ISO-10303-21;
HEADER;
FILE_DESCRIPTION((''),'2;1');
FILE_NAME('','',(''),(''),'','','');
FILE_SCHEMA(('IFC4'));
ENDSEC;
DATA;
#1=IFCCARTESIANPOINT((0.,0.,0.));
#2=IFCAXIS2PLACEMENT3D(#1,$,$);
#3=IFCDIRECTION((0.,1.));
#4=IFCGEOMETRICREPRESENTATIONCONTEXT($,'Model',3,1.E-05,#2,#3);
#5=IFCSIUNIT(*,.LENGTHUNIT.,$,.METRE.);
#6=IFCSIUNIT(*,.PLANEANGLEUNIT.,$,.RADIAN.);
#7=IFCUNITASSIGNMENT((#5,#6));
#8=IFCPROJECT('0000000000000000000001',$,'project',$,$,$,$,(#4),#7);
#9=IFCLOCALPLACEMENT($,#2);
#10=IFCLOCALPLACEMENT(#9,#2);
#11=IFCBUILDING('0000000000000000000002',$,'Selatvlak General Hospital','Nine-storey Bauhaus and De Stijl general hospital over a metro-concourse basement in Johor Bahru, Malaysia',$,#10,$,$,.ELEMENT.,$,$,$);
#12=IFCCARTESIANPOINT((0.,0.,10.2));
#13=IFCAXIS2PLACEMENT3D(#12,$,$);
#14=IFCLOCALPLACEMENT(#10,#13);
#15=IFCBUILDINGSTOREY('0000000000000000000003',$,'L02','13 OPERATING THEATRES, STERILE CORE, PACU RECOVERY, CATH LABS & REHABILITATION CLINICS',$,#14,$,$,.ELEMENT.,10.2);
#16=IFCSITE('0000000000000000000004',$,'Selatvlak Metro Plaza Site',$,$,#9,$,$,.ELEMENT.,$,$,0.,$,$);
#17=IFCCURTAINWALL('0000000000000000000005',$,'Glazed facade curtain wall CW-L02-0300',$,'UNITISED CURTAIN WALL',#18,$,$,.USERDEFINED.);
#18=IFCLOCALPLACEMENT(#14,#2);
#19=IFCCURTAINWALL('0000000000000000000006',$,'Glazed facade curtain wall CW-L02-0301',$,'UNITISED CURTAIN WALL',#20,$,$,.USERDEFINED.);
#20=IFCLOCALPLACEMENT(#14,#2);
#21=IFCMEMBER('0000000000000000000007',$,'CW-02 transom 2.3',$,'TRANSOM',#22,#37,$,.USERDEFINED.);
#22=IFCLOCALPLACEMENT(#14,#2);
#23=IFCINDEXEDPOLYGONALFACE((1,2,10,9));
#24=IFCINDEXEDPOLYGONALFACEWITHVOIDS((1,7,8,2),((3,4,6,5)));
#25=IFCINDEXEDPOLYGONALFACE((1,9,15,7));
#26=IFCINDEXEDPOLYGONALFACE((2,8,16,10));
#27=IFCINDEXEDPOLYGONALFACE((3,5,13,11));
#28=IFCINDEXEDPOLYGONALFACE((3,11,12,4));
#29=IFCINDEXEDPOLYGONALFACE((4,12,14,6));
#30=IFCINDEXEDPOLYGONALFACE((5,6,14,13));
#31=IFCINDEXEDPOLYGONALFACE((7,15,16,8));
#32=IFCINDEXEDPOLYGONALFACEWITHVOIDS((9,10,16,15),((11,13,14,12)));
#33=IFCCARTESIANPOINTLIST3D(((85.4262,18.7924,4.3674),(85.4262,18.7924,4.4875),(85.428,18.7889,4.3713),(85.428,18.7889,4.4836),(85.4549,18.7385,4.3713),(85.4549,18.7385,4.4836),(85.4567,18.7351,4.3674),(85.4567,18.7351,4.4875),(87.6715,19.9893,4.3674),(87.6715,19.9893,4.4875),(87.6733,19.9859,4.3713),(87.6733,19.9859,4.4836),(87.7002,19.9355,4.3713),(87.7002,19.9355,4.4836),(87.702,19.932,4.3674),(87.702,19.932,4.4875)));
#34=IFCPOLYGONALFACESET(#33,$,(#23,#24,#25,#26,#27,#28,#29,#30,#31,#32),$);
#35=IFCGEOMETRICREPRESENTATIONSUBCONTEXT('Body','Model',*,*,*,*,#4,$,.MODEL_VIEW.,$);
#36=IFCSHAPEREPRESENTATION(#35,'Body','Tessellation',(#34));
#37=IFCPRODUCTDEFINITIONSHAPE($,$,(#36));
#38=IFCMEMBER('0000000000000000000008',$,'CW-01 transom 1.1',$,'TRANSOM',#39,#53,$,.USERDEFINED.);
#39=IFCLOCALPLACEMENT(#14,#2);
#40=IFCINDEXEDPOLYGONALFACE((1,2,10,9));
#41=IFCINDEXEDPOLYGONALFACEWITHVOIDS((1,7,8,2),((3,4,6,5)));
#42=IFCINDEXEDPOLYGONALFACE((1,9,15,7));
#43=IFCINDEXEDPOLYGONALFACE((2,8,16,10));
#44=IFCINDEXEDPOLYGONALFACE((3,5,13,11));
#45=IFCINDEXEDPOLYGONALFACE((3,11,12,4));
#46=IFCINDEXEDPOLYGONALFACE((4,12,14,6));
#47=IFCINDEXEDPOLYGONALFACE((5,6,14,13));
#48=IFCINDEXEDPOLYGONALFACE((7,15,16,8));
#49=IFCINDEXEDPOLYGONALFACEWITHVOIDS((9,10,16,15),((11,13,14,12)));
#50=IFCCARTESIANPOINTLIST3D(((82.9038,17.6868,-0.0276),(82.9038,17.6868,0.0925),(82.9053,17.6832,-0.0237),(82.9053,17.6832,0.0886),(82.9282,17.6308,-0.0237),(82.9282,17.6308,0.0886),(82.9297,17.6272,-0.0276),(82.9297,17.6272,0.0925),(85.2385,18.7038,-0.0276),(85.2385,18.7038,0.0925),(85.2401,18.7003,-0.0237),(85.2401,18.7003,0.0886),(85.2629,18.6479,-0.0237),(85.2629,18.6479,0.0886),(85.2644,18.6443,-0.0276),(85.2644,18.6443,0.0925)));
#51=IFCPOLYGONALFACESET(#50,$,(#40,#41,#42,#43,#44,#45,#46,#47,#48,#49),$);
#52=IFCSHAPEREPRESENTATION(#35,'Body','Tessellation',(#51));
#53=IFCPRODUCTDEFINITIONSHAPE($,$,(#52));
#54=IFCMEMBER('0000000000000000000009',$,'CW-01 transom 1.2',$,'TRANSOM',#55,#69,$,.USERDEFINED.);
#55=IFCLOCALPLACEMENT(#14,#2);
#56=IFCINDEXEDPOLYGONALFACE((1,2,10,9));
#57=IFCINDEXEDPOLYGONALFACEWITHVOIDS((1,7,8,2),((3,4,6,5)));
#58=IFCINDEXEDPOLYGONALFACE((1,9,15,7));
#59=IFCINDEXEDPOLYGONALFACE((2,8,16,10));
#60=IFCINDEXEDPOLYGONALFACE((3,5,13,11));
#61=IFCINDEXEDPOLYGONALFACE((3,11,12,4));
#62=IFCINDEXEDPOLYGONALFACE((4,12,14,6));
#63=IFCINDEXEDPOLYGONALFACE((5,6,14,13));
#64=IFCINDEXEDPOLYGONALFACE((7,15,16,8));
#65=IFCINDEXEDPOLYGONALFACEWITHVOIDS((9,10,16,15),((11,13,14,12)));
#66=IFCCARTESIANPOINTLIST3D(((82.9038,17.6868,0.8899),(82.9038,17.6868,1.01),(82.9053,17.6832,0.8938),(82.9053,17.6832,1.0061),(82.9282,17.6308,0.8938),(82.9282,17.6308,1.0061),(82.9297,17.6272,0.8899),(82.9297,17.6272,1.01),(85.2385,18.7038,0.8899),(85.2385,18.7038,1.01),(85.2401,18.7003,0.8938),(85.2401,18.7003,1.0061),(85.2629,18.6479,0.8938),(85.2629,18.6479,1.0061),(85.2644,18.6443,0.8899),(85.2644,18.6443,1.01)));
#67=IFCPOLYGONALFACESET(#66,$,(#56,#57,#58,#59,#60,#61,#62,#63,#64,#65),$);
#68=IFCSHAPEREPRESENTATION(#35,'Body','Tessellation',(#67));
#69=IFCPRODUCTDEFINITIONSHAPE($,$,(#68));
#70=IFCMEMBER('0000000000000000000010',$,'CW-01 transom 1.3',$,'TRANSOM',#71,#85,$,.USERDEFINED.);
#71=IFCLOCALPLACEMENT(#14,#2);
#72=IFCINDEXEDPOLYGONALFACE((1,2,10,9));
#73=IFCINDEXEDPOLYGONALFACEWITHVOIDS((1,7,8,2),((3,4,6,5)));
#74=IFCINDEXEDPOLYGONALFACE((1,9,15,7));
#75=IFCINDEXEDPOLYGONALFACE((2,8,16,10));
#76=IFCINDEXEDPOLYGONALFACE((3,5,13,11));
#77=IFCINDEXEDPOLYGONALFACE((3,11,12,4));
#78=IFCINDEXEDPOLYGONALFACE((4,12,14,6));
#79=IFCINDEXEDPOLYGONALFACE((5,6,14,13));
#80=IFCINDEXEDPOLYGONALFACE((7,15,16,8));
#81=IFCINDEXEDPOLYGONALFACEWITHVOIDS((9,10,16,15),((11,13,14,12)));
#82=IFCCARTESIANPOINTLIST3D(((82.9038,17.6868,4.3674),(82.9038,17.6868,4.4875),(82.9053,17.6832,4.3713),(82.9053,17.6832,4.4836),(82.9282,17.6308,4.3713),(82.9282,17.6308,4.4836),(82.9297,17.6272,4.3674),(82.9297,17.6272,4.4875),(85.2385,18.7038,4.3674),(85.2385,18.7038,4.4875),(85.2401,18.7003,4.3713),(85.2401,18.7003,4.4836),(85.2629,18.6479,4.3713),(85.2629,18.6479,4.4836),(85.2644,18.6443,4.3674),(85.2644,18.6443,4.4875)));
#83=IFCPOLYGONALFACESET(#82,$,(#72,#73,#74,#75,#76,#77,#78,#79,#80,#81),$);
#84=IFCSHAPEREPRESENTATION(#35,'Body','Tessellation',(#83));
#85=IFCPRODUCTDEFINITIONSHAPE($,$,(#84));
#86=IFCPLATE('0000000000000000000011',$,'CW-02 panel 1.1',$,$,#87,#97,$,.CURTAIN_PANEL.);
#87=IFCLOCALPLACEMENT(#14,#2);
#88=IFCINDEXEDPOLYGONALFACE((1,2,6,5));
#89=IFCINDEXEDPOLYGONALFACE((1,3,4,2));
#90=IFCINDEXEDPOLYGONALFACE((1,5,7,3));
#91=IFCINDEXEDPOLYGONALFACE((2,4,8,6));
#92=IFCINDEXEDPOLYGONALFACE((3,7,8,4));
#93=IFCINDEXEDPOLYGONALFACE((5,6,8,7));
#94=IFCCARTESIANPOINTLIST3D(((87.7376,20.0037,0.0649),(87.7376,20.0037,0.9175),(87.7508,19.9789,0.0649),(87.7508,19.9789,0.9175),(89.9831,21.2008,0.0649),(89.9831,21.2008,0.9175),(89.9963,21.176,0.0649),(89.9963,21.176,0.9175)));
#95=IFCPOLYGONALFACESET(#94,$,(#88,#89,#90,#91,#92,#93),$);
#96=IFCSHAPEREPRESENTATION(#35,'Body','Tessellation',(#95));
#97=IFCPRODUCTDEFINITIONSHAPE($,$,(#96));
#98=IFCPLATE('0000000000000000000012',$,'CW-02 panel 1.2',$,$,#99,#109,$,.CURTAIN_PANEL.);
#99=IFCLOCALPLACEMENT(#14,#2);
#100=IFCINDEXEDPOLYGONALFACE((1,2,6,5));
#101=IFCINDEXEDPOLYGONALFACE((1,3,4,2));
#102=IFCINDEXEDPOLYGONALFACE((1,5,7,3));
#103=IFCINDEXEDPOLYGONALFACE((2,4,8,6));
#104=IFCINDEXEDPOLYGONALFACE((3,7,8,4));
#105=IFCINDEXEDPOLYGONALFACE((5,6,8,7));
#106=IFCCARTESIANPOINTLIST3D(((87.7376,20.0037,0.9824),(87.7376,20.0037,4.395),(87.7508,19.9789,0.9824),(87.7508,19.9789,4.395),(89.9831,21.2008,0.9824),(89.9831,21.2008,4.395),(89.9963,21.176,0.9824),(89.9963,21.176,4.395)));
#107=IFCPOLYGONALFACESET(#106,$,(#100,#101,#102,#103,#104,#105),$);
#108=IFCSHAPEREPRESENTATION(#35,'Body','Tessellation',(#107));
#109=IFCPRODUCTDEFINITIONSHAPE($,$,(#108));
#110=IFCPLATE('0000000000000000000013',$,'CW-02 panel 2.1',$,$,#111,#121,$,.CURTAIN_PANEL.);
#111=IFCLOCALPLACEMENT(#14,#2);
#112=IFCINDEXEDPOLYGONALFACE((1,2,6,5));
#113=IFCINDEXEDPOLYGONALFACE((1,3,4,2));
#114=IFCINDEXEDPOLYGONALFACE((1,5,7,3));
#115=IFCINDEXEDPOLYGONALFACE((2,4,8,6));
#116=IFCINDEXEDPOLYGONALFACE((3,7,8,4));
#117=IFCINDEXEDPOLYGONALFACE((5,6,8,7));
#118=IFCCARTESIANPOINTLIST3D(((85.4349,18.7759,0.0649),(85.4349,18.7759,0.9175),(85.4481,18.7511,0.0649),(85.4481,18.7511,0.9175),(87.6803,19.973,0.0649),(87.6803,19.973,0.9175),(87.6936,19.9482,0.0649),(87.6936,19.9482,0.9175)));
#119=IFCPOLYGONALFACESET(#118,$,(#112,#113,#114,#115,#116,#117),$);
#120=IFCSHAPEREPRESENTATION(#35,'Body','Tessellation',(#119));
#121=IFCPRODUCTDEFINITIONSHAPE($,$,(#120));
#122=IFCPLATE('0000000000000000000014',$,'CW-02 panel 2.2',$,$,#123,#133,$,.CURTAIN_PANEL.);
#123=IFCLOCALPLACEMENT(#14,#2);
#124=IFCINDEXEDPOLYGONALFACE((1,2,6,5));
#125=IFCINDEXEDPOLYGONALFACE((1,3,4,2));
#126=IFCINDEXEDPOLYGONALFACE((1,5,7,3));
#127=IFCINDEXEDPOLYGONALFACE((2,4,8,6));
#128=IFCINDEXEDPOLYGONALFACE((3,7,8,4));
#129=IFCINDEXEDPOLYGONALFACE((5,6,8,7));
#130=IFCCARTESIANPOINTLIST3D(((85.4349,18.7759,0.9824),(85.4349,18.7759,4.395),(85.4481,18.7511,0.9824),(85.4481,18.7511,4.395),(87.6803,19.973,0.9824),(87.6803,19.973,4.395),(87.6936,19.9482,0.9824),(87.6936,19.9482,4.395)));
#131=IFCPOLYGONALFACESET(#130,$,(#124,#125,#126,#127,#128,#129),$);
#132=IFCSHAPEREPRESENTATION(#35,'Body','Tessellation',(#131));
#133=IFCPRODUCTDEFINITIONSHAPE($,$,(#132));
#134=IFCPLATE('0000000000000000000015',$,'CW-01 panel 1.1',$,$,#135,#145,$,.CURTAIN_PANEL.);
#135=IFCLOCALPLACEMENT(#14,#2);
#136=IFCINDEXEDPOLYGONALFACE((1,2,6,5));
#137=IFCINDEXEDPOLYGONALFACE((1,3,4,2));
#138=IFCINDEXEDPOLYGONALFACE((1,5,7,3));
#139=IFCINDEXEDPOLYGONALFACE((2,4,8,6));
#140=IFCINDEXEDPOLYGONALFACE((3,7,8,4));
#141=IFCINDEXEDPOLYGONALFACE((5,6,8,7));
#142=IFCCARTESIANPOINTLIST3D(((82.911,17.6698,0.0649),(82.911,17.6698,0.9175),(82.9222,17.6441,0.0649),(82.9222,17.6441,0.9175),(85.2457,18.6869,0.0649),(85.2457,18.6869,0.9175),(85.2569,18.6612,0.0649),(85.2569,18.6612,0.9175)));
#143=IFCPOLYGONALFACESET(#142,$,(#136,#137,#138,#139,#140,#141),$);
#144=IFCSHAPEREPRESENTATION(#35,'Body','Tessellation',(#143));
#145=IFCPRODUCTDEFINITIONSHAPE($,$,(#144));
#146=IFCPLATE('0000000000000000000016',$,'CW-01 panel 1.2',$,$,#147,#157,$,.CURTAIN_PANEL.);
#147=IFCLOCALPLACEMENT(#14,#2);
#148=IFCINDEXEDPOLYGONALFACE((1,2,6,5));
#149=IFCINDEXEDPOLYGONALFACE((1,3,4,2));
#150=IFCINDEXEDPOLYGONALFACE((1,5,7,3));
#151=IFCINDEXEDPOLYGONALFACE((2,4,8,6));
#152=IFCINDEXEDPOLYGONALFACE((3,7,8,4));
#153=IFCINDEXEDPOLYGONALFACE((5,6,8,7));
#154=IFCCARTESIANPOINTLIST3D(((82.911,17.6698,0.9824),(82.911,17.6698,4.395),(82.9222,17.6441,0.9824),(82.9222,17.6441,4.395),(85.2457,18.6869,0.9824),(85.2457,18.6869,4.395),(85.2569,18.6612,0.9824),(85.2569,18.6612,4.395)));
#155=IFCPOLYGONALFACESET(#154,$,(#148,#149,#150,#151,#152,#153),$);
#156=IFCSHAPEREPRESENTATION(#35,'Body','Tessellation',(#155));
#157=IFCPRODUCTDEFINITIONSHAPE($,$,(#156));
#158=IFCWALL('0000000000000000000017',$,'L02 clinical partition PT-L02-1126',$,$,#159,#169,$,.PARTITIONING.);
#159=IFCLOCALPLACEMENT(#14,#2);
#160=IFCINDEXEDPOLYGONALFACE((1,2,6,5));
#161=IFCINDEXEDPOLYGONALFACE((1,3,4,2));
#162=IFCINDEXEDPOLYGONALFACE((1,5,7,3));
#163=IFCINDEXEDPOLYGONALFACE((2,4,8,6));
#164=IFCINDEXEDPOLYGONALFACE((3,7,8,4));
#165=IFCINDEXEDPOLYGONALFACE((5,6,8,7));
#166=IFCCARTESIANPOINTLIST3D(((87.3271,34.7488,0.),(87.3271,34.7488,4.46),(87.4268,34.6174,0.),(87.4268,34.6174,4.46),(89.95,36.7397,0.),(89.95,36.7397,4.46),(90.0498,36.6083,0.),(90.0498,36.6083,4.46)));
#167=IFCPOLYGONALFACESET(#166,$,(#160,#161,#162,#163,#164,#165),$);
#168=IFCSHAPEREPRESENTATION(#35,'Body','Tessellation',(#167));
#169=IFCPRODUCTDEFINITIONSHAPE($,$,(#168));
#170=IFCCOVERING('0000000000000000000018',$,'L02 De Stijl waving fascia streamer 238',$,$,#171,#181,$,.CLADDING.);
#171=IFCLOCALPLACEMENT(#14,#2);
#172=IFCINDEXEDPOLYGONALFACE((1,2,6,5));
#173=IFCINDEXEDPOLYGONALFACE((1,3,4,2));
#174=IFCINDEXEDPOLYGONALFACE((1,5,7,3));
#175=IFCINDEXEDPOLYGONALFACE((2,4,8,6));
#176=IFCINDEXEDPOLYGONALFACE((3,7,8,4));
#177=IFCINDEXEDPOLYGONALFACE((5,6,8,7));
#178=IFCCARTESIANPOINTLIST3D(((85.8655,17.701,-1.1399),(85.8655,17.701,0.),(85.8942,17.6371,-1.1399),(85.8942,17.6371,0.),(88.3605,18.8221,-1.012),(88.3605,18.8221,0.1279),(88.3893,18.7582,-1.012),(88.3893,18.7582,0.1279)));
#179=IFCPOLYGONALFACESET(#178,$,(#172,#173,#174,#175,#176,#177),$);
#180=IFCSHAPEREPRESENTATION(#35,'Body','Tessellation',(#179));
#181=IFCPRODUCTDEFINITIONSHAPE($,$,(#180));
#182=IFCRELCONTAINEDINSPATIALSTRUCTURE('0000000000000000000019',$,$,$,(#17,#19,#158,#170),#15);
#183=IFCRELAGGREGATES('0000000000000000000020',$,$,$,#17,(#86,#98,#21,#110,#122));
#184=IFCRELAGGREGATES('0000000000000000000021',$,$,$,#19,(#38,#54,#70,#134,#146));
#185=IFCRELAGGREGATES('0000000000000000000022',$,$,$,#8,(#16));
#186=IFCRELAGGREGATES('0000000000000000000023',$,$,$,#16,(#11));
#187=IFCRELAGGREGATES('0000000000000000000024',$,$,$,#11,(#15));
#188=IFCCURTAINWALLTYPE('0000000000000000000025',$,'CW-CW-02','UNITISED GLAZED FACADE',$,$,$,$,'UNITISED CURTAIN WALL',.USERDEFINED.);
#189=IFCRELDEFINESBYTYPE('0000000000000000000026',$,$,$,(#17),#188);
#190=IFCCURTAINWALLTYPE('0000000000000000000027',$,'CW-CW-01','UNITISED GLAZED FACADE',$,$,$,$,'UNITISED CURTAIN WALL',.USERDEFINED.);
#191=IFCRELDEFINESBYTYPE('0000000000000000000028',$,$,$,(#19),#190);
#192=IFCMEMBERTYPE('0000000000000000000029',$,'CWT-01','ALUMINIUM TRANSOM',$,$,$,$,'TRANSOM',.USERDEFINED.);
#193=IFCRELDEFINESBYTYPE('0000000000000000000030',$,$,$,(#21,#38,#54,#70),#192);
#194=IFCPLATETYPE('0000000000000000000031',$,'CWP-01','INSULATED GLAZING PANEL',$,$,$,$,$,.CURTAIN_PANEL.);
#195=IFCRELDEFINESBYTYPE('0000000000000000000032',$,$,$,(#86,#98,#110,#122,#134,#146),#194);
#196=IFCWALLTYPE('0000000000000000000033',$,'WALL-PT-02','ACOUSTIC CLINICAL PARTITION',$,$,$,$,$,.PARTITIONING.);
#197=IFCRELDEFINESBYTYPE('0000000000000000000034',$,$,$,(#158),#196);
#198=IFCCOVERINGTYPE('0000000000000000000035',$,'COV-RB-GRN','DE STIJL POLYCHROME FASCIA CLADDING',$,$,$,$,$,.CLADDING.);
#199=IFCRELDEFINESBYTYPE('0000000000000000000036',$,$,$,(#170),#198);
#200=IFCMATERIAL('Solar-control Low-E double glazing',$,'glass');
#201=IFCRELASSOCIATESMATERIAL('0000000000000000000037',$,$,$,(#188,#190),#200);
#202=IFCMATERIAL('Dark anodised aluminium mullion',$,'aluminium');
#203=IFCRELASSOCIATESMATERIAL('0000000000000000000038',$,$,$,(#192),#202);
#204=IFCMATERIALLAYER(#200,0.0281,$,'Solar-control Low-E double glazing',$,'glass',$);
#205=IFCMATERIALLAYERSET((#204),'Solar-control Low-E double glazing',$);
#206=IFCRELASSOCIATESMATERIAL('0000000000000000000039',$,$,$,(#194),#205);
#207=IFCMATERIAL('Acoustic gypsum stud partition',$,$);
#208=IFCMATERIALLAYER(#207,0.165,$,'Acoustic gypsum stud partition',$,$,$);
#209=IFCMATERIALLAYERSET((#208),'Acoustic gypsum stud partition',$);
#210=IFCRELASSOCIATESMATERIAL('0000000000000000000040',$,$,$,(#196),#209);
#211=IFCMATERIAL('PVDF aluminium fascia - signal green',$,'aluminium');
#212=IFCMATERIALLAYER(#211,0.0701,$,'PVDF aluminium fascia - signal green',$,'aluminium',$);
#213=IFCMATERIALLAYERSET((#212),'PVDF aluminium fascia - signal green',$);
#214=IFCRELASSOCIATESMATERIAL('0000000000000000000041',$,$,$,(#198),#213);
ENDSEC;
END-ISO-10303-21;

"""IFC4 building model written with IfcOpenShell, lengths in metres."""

from ifc_helpers import new_model, si_unit, direction, frame, frame_2d, origin, origin_2d, place, context, subcontext, project, spatial, polyline, rectangle, hollow_rectangle, outline, extrude, material, layer, layer_set, material_profile, profile_set, type_object, element, aggregate, save


model = new_model("IFC4")

# Units and contexts
model_context = context("Model", 3, precision=1e-05, world=origin(), true_north=direction((0.0, 1.0)))
body_context = subcontext(model_context, "Body", "Model", "MODEL_VIEW")
ifc_project = project(units=[si_unit("LENGTHUNIT", "METRE"), si_unit("PLANEANGLEUNIT", "RADIAN")], contexts=[model_context])

# Site, building, storey
site_placement = place(None, origin())
site = spatial("IfcSite", under=ifc_project, at=site_placement, Name="Selatvlak Metro Plaza Site", CompositionType="ELEMENT", RefElevation=0.0)
building_placement = place(site_placement, origin())
building = spatial("IfcBuilding", under=site, at=building_placement, Name="Selatvlak General Hospital", Description="Nine-storey Bauhaus and De Stijl general hospital over a metro-concourse basement in Johor Bahru, Malaysia", CompositionType="ELEMENT")
storey_placement = place(building_placement, frame((0.0, 0.0, 10.2)))
storey = spatial("IfcBuildingStorey", under=building, at=storey_placement, Name="L02", Description="13 OPERATING THEATRES, STERILE CORE, PACU RECOVERY, CATH LABS & REHABILITATION CLINICS", CompositionType="ELEMENT", Elevation=10.2)

# Curtain wall
ifc_material_1 = material(Name="Solar-control Low-E double glazing", Category="glass")
curtain_wall_type_1 = type_object("IfcCurtainWallType", Name="CW-CW-02", Description="UNITISED GLAZED FACADE", ElementType="UNITISED CURTAIN WALL", PredefinedType="USERDEFINED", material=ifc_material_1)
curtain_wall_1_placement = place(storey_placement, origin())
curtain_wall_1 = element("IfcCurtainWall", 1, at=curtain_wall_1_placement, inside=storey, type_object=curtain_wall_type_1, Name="Glazed facade curtain wall CW-L02-0300", ObjectType="UNITISED CURTAIN WALL", PredefinedType="USERDEFINED")
ifc_material_2 = material(Name="Dark anodised aluminium mullion", Category="aluminium")

# Curtain wall
curtain_wall_type_2 = type_object("IfcCurtainWallType", Name="CW-CW-01", Description="UNITISED GLAZED FACADE", ElementType="UNITISED CURTAIN WALL", PredefinedType="USERDEFINED", material=ifc_material_1)
curtain_wall_2_placement = place(storey_placement, origin())
curtain_wall_2 = element("IfcCurtainWall", 2, at=curtain_wall_2_placement, inside=storey, type_object=curtain_wall_type_2, Name="Glazed facade curtain wall CW-L02-0301", ObjectType="UNITISED CURTAIN WALL", PredefinedType="USERDEFINED")

# Members
ifc_material_profile_1 = material_profile(ifc_material_2, hollow_rectangle(XDim=0.0649, YDim=0.1201, WallThickness=0.0039, at=origin_2d()), Name="AL-TRN 65x120x4")
ifc_profile_set_1 = profile_set([ifc_material_profile_1], Name="Dark anodised aluminium mullion")
member_type_1 = type_object("IfcMemberType", Name="CWT-01", Description="ALUMINIUM TRANSOM", ElementType="TRANSOM", PredefinedType="USERDEFINED", material=ifc_profile_set_1)
member_1_placement = place(storey_placement, frame((87.6868, 19.9607, 4.4275), z_axis=(-0.882435, -0.470434, 0.0), x_axis=(0.470434, -0.882435, 0.0)))
member_1 = element("IfcMember", 3, at=member_1_placement, type_object=member_type_1, Name="CW-02 transom 2.3", ObjectType="TRANSOM", PredefinedType="USERDEFINED", context=body_context, shape_type="SweptSolid", body=[
    extrude(hollow_rectangle(XDim=0.0649, YDim=0.1201, WallThickness=0.0039, at=origin_2d()), origin(), (0.0, 0.0, 1.0), 2.5444),
])
member_2_placement = place(storey_placement, frame((85.2515, 18.6741, 0.0325), z_axis=(-0.916783, -0.399385, 0.0), x_axis=(0.399385, -0.916783, 0.0)))
member_2 = element("IfcMember", 4, at=member_2_placement, type_object=member_type_1, Name="CW-01 transom 1.1", ObjectType="TRANSOM", PredefinedType="USERDEFINED", context=body_context, shape_type="SweptSolid", body=[
    extrude(hollow_rectangle(XDim=0.0649, YDim=0.1201, WallThickness=0.0039, at=origin_2d()), origin(), (0.0, 0.0, 1.0), 2.5466),
])
member_3_placement = place(storey_placement, frame((85.2515, 18.6741, 0.95), z_axis=(-0.916783, -0.399385, 0.0), x_axis=(0.399385, -0.916783, 0.0)))
member_3 = element("IfcMember", 5, at=member_3_placement, type_object=member_type_1, Name="CW-01 transom 1.2", ObjectType="TRANSOM", PredefinedType="USERDEFINED", context=body_context, shape_type="SweptSolid", body=[
    extrude(hollow_rectangle(XDim=0.0649, YDim=0.1201, WallThickness=0.0039, at=origin_2d()), origin(), (0.0, 0.0, 1.0), 2.5466),
])
member_4_placement = place(storey_placement, frame((85.2515, 18.6741, 4.4275), z_axis=(-0.916783, -0.399385, 0.0), x_axis=(0.399385, -0.916783, 0.0)))
member_4 = element("IfcMember", 6, at=member_4_placement, type_object=member_type_1, Name="CW-01 transom 1.3", ObjectType="TRANSOM", PredefinedType="USERDEFINED", context=body_context, shape_type="SweptSolid", body=[
    extrude(hollow_rectangle(XDim=0.0649, YDim=0.1201, WallThickness=0.0039, at=origin_2d()), origin(), (0.0, 0.0, 1.0), 2.5466),
])

# Plates
ifc_layer_1 = layer(ifc_material_1, 0.0281, Name="Solar-control Low-E double glazing", Category="glass")
ifc_layer_set_1 = layer_set([ifc_layer_1], Name="Solar-control Low-E double glazing")
plate_type = type_object("IfcPlateType", Name="CWP-01", Description="INSULATED GLAZING PANEL", PredefinedType="CURTAIN_PANEL", material=ifc_layer_set_1)
plate_1_placement = place(storey_placement, frame((88.8669, 20.5898, 0.0649), z_axis=(0.0, 0.0, 1.0), x_axis=(-0.882426, -0.470451, 0.0)))
plate_1 = element("IfcPlate", 7, at=plate_1_placement, type_object=plate_type, Name="CW-02 panel 1.1", PredefinedType="CURTAIN_PANEL", context=body_context, shape_type="SweptSolid", body=[
    extrude(rectangle(XDim=2.5447, YDim=0.0281, at=origin_2d()), origin(), (0.0, 0.0, 1.0), 0.8525),
])
plate_2_placement = place(storey_placement, frame((88.8669, 20.5898, 0.9824), z_axis=(0.0, 0.0, 1.0), x_axis=(-0.882426, -0.470451, 0.0)))
plate_2 = element("IfcPlate", 8, at=plate_2_placement, type_object=plate_type, Name="CW-02 panel 1.2", PredefinedType="CURTAIN_PANEL", context=body_context, shape_type="SweptSolid", body=[
    extrude(rectangle(XDim=2.5447, YDim=0.0281, at=origin_2d()), origin(), (0.0, 0.0, 1.0), 3.4126),
])
plate_3_placement = place(storey_placement, frame((86.5642, 19.3621, 0.0649), z_axis=(0.0, 0.0, 1.0), x_axis=(-0.882426, -0.470451, 0.0)))
plate_3 = element("IfcPlate", 9, at=plate_3_placement, type_object=plate_type, Name="CW-02 panel 2.1", PredefinedType="CURTAIN_PANEL", context=body_context, shape_type="SweptSolid", body=[
    extrude(rectangle(XDim=2.5447, YDim=0.0281, at=origin_2d()), origin(), (0.0, 0.0, 1.0), 0.8525),
])
plate_4_placement = place(storey_placement, frame((86.5642, 19.3621, 0.9824), z_axis=(0.0, 0.0, 1.0), x_axis=(-0.882426, -0.470451, 0.0)))
plate_4 = element("IfcPlate", 10, at=plate_4_placement, type_object=plate_type, Name="CW-02 panel 2.2", PredefinedType="CURTAIN_PANEL", context=body_context, shape_type="SweptSolid", body=[
    extrude(rectangle(XDim=2.5447, YDim=0.0281, at=origin_2d()), origin(), (0.0, 0.0, 1.0), 3.4126),
])
aggregate(curtain_wall_1, [plate_1, plate_2, member_1, plate_3, plate_4])
plate_5_placement = place(storey_placement, frame((84.084, 18.1655, 0.0649), z_axis=(0.0, 0.0, 1.0), x_axis=(-0.916781, -0.39939, 0.0)))
plate_5 = element("IfcPlate", 11, at=plate_5_placement, type_object=plate_type, Name="CW-01 panel 1.1", PredefinedType="CURTAIN_PANEL", context=body_context, shape_type="SweptSolid", body=[
    extrude(rectangle(XDim=2.5466, YDim=0.0281, at=origin_2d()), origin(), (0.0, 0.0, 1.0), 0.8525),
])
plate_6_placement = place(storey_placement, frame((84.084, 18.1655, 0.9824), z_axis=(0.0, 0.0, 1.0), x_axis=(-0.916781, -0.39939, 0.0)))
plate_6 = element("IfcPlate", 12, at=plate_6_placement, type_object=plate_type, Name="CW-01 panel 1.2", PredefinedType="CURTAIN_PANEL", context=body_context, shape_type="SweptSolid", body=[
    extrude(rectangle(XDim=2.5466, YDim=0.0281, at=origin_2d()), origin(), (0.0, 0.0, 1.0), 3.4126),
])
aggregate(curtain_wall_2, [member_2, member_3, member_4, plate_5, plate_6])

# Shared definitions
ifc_material_3 = material(Name="Acoustic gypsum stud partition")

# Wall
ifc_layer_2 = layer(ifc_material_3, 0.165, Name="Acoustic gypsum stud partition")
ifc_layer_set_2 = layer_set([ifc_layer_2], Name="Acoustic gypsum stud partition")
wall_type_1 = type_object("IfcWallType", Name="WALL-PT-02", Description="ACOUSTIC CLINICAL PARTITION", PredefinedType="PARTITIONING", material=ifc_layer_set_2)
wall_1_placement = place(storey_placement, frame((87.377, 34.6831, 0.0), z_axis=(0.0, 0.0, 1.0), x_axis=(0.796535, 0.604593, 0.0)))
element("IfcWall", 13, at=wall_1_placement, inside=storey, type_object=wall_type_1, Name="L02 clinical partition PT-L02-1126", PredefinedType="PARTITIONING", context=body_context, shape_type="SweptSolid", body=[
    extrude(rectangle(XDim=3.293, YDim=0.165, at=frame_2d((1.6465, 0.0))), origin(), (0.0, 0.0, 1.0), 4.46),
])

# Covering
ifc_material_4 = material(Name="PVDF aluminium fascia - signal green", Category="aluminium")
ifc_layer_3 = layer(ifc_material_4, 0.0701, Name="PVDF aluminium fascia - signal green", Category="aluminium")
ifc_layer_set_3 = layer_set([ifc_layer_3], Name="PVDF aluminium fascia - signal green")
covering_type = type_object("IfcCoveringType", Name="COV-RB-GRN", Description="DE STIJL POLYCHROME FASCIA CLADDING", PredefinedType="CLADDING", material=ifc_layer_set_3)
covering_1_placement = place(storey_placement, frame((85.8799, 17.6689, -1.1399), z_axis=(0.0, 0.0, 1.0), x_axis=(0.912155, 0.409845, 0.0)))
element("IfcCovering", 14, at=covering_1_placement, inside=storey, type_object=covering_type, Name="L02 De Stijl waving fascia streamer 238", PredefinedType="CLADDING", context=body_context, shape_type="SweptSolid", body=[
    extrude(outline(polyline([(0.0, 0.0), (2.7354, 0.1279), (2.7354, 1.2678), (0.0, 1.1399), (0.0, 0.0)])), frame((0.0, 0.0352, 0.0), z_axis=(0.0, -1.0, 0.0), x_axis=(1.0, 0.0, 0.0)), (0.0, 0.0, 1.0), 0.0701),
])

save(model, "model.ifc")
